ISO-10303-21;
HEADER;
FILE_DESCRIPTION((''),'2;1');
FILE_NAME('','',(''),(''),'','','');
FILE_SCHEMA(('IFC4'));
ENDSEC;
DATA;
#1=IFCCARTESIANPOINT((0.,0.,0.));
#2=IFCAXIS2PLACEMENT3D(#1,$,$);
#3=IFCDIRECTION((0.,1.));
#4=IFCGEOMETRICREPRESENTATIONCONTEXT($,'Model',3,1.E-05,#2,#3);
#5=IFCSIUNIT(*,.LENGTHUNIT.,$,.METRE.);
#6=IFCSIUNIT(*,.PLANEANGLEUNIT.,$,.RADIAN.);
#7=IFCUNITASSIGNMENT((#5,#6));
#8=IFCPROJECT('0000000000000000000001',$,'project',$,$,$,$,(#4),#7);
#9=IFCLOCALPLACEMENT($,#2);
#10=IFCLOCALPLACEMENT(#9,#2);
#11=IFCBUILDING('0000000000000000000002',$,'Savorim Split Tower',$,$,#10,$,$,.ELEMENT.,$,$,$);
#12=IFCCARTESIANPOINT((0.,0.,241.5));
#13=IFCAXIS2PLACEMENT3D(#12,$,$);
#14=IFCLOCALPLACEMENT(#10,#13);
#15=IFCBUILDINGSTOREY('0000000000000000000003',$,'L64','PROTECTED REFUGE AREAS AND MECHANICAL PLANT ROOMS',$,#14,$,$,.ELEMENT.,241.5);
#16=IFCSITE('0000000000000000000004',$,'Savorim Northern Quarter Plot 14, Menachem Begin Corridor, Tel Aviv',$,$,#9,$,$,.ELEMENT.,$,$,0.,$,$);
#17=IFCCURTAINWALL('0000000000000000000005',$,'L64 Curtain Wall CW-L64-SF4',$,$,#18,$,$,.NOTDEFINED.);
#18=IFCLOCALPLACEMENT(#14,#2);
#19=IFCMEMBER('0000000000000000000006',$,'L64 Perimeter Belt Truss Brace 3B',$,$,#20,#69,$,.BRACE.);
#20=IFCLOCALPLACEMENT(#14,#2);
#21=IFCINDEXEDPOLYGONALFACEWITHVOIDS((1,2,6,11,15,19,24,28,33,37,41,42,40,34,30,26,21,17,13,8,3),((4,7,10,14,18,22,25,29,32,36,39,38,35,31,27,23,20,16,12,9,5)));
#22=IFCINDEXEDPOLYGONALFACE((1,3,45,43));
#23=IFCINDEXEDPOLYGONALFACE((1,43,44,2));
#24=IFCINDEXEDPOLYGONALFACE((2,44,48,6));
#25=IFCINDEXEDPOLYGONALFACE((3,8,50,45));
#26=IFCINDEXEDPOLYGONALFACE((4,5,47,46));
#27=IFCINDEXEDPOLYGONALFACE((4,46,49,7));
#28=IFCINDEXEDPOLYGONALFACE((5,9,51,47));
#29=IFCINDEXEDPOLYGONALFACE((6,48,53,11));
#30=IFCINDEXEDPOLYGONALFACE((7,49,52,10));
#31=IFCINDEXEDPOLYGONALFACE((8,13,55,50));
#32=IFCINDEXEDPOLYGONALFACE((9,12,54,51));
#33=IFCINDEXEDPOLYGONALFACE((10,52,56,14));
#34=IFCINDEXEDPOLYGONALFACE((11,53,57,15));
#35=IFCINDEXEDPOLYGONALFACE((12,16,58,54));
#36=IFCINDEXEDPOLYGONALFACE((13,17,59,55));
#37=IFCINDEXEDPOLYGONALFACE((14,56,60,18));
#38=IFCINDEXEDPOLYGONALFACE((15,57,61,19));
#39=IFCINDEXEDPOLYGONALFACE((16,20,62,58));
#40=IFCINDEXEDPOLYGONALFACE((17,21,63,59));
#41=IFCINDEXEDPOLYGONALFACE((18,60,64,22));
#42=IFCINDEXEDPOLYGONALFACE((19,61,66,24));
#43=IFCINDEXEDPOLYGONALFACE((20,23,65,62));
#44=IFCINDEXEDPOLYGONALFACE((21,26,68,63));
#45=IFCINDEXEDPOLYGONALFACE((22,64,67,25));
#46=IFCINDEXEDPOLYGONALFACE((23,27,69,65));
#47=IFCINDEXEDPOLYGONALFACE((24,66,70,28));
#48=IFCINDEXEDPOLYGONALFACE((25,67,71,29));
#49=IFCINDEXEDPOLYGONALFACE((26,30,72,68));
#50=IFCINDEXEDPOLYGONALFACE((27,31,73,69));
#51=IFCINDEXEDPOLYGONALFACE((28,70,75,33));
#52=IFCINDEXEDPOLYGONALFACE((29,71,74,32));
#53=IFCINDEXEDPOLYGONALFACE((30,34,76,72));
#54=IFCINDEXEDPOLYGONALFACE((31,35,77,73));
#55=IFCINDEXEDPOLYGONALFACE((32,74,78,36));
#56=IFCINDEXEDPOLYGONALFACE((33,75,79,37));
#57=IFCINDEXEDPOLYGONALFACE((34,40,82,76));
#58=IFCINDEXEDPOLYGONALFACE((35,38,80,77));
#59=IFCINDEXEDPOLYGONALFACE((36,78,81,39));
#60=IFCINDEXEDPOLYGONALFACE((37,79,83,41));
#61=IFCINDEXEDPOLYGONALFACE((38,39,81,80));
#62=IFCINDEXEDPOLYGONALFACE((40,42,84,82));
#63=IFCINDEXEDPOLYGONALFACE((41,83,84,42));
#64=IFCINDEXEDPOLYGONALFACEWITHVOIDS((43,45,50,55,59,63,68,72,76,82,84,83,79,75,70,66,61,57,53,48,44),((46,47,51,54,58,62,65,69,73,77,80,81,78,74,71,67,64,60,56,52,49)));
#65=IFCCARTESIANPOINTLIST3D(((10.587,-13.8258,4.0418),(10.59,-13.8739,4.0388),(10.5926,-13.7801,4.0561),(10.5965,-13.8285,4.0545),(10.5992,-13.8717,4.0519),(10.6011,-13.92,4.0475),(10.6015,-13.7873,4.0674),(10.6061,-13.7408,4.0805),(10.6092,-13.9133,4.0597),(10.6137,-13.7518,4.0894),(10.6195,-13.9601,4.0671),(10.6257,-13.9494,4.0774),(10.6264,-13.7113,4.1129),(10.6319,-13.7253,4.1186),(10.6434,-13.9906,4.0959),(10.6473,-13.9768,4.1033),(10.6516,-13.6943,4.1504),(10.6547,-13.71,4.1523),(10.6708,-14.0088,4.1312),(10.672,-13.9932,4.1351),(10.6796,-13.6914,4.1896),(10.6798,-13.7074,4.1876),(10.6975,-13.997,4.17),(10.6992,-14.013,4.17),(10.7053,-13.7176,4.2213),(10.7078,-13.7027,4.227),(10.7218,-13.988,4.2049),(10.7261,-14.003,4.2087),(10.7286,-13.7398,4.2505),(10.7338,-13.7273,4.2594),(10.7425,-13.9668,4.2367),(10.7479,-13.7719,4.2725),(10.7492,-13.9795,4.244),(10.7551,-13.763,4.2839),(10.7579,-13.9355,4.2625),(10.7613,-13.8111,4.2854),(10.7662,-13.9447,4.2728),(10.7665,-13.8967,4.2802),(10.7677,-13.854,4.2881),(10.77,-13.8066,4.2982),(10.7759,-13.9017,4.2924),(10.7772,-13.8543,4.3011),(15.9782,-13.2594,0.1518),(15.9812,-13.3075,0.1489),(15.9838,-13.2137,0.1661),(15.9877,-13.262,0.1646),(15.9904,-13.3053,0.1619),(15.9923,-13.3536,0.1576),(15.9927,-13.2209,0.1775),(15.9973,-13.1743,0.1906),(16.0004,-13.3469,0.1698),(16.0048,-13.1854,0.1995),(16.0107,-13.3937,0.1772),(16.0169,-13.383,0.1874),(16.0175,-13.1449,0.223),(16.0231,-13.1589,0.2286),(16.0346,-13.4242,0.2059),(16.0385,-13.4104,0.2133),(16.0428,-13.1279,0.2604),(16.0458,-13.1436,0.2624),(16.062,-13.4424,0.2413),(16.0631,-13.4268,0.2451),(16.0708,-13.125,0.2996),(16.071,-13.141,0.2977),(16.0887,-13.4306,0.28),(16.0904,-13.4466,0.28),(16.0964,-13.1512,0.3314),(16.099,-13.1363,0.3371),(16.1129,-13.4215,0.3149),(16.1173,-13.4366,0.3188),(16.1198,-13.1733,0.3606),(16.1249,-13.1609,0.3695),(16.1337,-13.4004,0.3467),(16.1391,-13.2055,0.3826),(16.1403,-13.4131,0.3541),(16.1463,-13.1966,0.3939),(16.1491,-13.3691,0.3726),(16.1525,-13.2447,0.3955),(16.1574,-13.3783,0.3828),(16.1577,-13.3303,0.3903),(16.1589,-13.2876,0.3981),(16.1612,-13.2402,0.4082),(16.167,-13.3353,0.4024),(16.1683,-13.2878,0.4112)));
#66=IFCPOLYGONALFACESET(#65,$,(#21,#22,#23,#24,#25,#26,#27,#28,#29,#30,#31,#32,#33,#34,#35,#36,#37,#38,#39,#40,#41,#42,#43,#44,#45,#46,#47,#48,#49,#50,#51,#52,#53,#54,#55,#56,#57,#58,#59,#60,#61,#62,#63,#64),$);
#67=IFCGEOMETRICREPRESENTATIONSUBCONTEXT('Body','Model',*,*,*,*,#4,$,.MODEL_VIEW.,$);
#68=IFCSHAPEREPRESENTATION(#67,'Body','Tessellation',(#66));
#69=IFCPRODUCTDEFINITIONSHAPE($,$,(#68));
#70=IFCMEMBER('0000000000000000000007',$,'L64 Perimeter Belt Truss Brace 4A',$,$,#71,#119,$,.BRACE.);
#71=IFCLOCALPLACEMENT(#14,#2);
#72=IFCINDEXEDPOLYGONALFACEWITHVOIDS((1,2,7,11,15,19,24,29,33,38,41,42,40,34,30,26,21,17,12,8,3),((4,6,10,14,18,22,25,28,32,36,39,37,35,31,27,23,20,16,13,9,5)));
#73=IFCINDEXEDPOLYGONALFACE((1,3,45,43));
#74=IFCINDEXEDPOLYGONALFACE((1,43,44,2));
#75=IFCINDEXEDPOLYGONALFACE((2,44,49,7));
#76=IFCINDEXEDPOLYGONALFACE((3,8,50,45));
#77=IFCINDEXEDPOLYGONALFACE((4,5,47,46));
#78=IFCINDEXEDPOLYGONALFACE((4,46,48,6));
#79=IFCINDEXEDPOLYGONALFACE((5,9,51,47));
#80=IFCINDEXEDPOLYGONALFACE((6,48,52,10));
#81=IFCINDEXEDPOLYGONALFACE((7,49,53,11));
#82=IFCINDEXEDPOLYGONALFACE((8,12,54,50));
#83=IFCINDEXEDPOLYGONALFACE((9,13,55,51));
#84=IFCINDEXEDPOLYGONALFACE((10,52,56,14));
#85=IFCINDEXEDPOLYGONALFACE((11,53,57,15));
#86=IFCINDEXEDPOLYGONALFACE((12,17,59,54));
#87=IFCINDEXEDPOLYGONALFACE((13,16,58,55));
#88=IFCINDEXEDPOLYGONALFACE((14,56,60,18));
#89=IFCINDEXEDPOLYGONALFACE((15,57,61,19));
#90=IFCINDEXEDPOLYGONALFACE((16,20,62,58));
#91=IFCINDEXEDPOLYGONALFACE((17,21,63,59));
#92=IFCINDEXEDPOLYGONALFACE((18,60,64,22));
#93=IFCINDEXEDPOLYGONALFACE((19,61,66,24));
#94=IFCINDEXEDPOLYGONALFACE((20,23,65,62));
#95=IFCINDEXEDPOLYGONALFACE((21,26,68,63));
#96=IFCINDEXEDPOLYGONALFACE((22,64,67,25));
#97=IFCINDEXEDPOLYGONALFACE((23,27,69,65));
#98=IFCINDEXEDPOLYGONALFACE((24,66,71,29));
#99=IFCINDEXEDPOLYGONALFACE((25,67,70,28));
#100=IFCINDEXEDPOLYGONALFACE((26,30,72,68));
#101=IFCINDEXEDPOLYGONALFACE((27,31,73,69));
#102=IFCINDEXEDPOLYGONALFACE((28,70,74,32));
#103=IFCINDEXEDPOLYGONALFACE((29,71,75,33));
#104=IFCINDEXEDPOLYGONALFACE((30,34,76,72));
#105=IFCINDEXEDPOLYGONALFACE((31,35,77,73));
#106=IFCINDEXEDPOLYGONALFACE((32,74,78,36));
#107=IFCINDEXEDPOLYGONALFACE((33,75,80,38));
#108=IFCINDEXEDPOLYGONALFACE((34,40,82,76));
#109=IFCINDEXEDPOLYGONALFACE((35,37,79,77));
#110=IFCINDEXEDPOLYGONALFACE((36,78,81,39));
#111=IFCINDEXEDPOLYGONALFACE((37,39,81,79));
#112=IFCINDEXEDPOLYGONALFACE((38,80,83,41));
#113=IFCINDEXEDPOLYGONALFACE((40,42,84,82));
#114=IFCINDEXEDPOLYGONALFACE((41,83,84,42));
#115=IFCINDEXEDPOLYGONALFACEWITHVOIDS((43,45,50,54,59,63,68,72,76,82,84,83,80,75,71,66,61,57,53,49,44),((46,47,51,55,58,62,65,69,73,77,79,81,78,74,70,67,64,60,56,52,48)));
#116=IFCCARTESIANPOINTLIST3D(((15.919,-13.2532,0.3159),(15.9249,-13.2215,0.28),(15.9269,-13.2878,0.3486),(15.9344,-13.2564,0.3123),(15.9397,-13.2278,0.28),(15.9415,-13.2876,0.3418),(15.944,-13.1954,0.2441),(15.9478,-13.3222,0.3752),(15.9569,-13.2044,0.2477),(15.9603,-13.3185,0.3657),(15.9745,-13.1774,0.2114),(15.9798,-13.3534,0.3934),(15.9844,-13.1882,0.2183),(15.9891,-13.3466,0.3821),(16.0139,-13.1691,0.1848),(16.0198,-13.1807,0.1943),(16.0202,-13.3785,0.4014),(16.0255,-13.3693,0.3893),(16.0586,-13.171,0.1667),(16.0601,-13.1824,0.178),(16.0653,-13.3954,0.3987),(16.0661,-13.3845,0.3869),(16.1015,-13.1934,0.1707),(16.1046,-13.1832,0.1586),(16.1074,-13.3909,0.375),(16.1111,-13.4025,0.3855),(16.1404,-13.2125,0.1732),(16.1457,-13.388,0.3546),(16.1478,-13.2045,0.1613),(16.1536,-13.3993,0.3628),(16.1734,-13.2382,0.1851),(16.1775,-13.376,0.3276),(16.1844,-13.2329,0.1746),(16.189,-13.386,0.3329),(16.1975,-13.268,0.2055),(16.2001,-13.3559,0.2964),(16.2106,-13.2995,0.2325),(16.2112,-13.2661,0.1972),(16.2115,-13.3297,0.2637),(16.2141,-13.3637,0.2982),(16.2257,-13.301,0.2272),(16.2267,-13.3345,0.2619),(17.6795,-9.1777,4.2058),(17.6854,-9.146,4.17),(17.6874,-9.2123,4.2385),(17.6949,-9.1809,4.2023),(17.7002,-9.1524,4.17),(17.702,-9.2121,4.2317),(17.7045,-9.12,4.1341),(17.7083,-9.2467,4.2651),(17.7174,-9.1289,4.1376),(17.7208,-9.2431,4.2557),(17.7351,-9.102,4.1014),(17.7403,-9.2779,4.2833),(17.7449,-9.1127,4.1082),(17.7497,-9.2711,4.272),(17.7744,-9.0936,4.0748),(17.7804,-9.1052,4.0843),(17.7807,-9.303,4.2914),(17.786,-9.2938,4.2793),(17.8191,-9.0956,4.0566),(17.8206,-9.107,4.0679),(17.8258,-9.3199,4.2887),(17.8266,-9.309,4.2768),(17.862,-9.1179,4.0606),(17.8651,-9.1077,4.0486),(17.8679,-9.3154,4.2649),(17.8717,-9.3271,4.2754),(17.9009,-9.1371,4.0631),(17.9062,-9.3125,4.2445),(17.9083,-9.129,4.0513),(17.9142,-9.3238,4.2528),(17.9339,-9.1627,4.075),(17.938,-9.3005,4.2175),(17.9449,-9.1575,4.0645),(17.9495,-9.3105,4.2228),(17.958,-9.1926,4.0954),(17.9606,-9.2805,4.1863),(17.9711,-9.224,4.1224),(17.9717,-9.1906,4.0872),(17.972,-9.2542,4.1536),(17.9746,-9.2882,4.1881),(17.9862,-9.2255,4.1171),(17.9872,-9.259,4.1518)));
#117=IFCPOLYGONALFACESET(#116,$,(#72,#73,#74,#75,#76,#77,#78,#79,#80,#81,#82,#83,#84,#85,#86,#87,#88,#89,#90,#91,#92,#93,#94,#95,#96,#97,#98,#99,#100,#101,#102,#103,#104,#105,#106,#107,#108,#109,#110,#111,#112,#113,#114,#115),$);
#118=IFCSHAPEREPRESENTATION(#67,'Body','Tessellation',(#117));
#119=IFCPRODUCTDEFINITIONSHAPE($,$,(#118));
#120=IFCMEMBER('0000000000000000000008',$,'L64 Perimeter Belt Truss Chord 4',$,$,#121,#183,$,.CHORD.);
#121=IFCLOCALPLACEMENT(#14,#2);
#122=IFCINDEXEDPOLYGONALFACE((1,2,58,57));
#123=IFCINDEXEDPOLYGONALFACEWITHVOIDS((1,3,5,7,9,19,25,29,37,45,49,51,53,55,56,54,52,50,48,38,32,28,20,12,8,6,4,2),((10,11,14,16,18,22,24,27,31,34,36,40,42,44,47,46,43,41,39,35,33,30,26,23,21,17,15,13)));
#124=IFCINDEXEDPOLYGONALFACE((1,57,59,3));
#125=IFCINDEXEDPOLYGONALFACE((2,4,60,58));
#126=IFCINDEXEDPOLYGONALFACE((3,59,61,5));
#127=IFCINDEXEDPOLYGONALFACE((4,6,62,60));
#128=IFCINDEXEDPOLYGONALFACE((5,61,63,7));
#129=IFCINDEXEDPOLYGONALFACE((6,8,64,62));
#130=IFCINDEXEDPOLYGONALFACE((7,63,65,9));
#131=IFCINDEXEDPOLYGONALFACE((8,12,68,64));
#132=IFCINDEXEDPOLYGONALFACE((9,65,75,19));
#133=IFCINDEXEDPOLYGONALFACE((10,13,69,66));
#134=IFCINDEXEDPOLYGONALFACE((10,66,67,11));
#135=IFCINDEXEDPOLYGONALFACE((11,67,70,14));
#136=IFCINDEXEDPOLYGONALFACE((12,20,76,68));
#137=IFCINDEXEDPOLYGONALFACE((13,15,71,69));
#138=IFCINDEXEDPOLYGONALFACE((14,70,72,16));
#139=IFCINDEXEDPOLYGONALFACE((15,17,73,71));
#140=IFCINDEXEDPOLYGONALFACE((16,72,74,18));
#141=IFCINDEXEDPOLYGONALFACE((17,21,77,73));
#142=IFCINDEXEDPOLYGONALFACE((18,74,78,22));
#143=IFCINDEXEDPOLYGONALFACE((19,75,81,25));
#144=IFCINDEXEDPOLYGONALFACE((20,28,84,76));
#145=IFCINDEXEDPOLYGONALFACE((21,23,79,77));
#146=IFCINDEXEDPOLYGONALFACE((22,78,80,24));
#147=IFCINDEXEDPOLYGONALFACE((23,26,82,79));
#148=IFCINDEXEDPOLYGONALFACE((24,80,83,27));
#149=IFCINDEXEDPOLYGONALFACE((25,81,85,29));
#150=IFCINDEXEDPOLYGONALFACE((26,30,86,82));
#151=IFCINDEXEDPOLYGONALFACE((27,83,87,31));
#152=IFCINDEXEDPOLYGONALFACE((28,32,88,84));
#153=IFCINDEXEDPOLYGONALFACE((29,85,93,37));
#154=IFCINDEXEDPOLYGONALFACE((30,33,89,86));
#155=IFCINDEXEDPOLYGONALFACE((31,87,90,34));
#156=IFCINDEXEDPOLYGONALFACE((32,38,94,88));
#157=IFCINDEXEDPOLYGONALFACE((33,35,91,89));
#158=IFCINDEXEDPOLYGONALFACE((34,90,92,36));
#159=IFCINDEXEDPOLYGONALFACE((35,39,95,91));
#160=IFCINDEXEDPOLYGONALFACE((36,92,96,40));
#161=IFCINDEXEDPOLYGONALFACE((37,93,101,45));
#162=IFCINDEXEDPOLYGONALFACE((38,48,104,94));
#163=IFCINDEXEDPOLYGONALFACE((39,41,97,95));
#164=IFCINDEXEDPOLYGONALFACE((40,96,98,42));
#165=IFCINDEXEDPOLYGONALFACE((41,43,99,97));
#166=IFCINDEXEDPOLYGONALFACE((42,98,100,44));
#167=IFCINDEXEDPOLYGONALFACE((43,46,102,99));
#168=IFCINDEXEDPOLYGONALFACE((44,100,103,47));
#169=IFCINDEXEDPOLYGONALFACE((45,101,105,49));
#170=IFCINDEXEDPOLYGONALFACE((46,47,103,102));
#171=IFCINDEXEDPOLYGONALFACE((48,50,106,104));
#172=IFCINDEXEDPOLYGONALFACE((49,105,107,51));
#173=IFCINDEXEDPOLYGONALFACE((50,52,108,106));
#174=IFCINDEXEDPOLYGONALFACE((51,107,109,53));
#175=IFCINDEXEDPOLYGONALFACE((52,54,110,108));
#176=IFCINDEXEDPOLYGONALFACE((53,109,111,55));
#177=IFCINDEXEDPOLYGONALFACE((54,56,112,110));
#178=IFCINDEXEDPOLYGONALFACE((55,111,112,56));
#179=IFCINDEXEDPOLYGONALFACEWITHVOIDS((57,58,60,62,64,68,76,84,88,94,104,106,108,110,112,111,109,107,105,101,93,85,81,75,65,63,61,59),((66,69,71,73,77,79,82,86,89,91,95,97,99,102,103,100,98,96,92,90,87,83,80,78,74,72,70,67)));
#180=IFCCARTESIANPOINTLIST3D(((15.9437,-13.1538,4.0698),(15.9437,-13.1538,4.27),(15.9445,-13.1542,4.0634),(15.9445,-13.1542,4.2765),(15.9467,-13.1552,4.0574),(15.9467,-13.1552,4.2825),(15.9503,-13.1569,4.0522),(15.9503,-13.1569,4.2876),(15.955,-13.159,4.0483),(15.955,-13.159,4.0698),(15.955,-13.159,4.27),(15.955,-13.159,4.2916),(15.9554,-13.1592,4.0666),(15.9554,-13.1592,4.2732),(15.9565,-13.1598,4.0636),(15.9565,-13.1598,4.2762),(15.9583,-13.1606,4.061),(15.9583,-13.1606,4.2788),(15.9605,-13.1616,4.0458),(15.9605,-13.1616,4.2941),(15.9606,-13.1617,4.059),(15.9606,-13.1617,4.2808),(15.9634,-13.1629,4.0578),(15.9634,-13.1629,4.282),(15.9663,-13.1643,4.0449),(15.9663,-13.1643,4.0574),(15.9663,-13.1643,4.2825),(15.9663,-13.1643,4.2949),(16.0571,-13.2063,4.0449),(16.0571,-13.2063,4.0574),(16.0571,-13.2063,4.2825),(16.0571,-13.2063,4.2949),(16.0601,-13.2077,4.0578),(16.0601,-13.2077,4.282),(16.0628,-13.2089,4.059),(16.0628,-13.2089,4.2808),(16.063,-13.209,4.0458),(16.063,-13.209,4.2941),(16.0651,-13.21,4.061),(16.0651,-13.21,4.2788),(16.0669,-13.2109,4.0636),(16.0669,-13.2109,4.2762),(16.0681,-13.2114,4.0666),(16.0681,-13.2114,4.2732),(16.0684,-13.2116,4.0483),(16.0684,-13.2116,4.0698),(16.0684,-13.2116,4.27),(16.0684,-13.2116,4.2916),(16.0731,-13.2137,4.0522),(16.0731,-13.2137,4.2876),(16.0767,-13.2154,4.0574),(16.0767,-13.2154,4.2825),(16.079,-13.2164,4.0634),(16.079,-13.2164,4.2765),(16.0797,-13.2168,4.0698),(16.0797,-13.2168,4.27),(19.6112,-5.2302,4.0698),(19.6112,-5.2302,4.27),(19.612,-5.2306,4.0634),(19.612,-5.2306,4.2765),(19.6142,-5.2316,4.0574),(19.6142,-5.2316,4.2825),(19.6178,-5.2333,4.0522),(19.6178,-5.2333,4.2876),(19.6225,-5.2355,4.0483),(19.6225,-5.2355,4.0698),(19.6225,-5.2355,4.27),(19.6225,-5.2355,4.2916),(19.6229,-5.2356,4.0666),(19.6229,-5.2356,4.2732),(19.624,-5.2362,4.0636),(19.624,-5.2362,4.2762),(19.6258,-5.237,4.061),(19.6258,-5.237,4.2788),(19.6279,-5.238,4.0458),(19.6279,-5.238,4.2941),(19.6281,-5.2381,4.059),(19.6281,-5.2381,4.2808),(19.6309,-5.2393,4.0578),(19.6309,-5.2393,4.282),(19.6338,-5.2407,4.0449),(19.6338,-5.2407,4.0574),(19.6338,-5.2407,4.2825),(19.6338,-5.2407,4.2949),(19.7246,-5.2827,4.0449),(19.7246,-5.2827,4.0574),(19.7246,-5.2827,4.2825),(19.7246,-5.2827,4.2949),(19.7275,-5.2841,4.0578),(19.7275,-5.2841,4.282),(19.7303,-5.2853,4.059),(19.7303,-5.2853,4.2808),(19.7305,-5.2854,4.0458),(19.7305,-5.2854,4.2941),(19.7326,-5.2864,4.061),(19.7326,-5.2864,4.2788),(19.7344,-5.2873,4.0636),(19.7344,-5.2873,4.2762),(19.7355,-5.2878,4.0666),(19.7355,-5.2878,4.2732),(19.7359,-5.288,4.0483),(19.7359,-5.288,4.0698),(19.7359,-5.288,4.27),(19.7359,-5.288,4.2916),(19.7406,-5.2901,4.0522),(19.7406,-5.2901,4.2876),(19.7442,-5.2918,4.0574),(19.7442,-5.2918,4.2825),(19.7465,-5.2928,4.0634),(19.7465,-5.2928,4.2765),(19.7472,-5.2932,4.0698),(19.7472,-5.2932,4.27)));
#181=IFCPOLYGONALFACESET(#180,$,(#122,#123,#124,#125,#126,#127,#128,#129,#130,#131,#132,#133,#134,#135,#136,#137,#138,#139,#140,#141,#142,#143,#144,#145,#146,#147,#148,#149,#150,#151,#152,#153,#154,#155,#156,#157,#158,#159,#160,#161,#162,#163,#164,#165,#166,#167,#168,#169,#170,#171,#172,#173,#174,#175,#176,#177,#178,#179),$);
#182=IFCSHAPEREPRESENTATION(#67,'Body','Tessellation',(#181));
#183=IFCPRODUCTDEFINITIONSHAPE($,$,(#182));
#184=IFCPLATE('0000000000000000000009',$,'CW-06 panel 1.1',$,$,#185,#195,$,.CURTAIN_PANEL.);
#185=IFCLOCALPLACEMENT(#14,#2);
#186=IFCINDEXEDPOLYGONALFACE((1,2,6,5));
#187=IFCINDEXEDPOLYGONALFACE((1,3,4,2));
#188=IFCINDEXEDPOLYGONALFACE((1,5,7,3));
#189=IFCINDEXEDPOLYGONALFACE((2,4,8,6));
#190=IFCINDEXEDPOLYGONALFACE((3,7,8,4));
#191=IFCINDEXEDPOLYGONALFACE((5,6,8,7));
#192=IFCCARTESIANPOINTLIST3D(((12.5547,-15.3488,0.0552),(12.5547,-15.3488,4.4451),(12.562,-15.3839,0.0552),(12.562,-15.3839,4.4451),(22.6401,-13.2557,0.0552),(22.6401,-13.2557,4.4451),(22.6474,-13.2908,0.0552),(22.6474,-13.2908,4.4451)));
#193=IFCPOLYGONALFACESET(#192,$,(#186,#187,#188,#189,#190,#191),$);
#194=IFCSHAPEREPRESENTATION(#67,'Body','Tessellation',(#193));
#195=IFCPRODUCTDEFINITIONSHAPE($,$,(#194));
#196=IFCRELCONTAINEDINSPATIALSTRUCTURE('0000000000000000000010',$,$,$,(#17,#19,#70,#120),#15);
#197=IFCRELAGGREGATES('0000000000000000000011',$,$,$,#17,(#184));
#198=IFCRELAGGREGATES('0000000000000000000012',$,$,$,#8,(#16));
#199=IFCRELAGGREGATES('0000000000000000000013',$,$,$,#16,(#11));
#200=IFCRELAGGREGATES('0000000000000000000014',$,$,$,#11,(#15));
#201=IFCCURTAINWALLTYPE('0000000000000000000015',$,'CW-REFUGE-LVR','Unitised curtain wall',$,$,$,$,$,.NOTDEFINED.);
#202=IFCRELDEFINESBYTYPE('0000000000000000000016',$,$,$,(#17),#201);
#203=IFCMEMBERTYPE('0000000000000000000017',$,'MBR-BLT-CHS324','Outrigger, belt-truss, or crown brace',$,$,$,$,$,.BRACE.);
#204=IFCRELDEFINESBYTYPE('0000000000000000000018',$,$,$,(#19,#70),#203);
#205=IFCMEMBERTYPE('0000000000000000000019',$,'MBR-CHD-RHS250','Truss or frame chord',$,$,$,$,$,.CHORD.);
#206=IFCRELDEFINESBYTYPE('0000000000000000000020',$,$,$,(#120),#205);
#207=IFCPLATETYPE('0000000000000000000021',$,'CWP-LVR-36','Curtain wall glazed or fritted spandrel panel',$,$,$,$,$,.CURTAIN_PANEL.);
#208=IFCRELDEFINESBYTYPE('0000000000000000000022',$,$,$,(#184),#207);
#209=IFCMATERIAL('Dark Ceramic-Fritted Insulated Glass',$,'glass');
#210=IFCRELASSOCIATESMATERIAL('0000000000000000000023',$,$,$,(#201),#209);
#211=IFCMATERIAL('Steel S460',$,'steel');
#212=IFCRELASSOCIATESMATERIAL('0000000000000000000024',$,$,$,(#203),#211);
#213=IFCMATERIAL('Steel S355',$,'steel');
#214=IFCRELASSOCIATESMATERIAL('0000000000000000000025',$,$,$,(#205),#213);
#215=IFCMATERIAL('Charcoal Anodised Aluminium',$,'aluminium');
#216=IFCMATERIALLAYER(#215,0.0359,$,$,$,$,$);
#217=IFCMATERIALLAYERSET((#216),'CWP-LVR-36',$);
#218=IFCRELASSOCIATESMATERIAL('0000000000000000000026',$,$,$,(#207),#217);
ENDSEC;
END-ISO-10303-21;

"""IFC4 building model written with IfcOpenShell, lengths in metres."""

from ifc_helpers import new_model, si_unit, direction, frame, origin, origin_2d, place, context, subcontext, project, spatial, rectangle, hollow_rectangle, hollow_circle, extrude, material, layer, layer_set, material_profile, profile_set, type_object, element, aggregate, save


model = new_model("IFC4")

# Units and contexts
model_context = context("Model", 3, precision=1e-05, world=origin(), true_north=direction((0.0, 1.0)))
body_context = subcontext(model_context, "Body", "Model", "MODEL_VIEW")
ifc_project = project(units=[si_unit("LENGTHUNIT", "METRE"), si_unit("PLANEANGLEUNIT", "RADIAN")], contexts=[model_context])

# Site, building, storey
site_placement = place(None, origin())
site = spatial("IfcSite", under=ifc_project, at=site_placement, Name="Savorim Northern Quarter Plot 14, Menachem Begin Corridor, Tel Aviv", CompositionType="ELEMENT", RefElevation=0.0)
building_placement = place(site_placement, origin())
building = spatial("IfcBuilding", under=site, at=building_placement, Name="Savorim Split Tower", CompositionType="ELEMENT")
storey_placement = place(building_placement, frame((0.0, 0.0, 241.5)))
storey = spatial("IfcBuildingStorey", under=building, at=storey_placement, Name="L64", Description="PROTECTED REFUGE AREAS AND MECHANICAL PLANT ROOMS", CompositionType="ELEMENT", Elevation=241.5)

# Shared definitions
ifc_material_1 = material(Name="Steel S355", Category="steel")

# Curtain wall
ifc_material_2 = material(Name="Dark Ceramic-Fritted Insulated Glass", Category="glass")
curtain_wall_type = type_object("IfcCurtainWallType", Name="CW-REFUGE-LVR", Description="Unitised curtain wall", PredefinedType="NOTDEFINED", material=ifc_material_2)
curtain_wall_placement = place(storey_placement, origin())
curtain_wall = element("IfcCurtainWall", 1, at=curtain_wall_placement, inside=storey, type_object=curtain_wall_type, Name="L64 Curtain Wall CW-L64-SF4", PredefinedType="NOTDEFINED")
ifc_material_3 = material(Name="Charcoal Anodised Aluminium", Category="aluminium")

# Members
ifc_material_4 = material(Name="Steel S460", Category="steel")
ifc_material_profile_1 = material_profile(ifc_material_4, hollow_circle(Radius=0.1619, WallThickness=0.0161, at=origin_2d()), Name="CHS 323.9x16")
ifc_profile_set_1 = profile_set([ifc_material_profile_1], Name="Steel S460")
member_type_1 = type_object("IfcMemberType", Name="MBR-BLT-CHS324", Description="Outrigger, belt-truss, or crown brace", PredefinedType="BRACE", material=ifc_profile_set_1)
member_1_placement = place(storey_placement, frame((16.0735, -13.2856, 0.28), z_axis=(-0.808015, -0.084892, 0.583014), x_axis=(0.104488, -0.994526, 0.0)))
element("IfcMember", 2, at=member_1_placement, inside=storey, type_object=member_type_1, Name="L64 Perimeter Belt Truss Brace 3B", PredefinedType="BRACE", context=body_context, shape_type="SweptSolid", body=[
    extrude(hollow_circle(Radius=0.1619, WallThickness=0.0161, at=origin_2d()), origin(), (0.0, 0.0, 1.0), 6.6721),
])
member_2_placement = place(storey_placement, frame((16.0735, -13.2856, 0.28), z_axis=(0.298262, 0.690457, 0.659022), x_axis=(-0.918009, 0.396559, 0.0)))
element("IfcMember", 3, at=member_2_placement, inside=storey, type_object=member_type_1, Name="L64 Perimeter Belt Truss Brace 4A", PredefinedType="BRACE", context=body_context, shape_type="SweptSolid", body=[
    extrude(hollow_circle(Radius=0.1619, WallThickness=0.0161, at=origin_2d()), origin(), (0.0, 0.0, 1.0), 5.9026),
])
ifc_material_profile_2 = material_profile(ifc_material_1, hollow_rectangle(XDim=0.1499, YDim=0.25, WallThickness=0.0125, InnerFilletRadius=0.0125, OuterFilletRadius=0.0249, at=origin_2d()), Name="RHS 250x150x12.5")
ifc_profile_set_2 = profile_set([ifc_material_profile_2], Name="Steel S355")
member_type_2 = type_object("IfcMemberType", Name="MBR-CHD-RHS250", Description="Truss or frame chord", PredefinedType="CHORD", material=ifc_profile_set_2)
member_3_placement = place(storey_placement, frame((16.0117, -13.1853, 4.1699), z_axis=(0.420044, 0.907504, 0.0), x_axis=(-0.907504, 0.420044, 0.0)))
element("IfcMember", 4, at=member_3_placement, inside=storey, type_object=member_type_2, Name="L64 Perimeter Belt Truss Chord 4", PredefinedType="CHORD", context=body_context, shape_type="SweptSolid", body=[
    extrude(hollow_rectangle(XDim=0.1499, YDim=0.25, WallThickness=0.0125, InnerFilletRadius=0.0125, OuterFilletRadius=0.0249, at=origin_2d()), origin(), (0.0, 0.0, 1.0), 8.7312),
])

# Plate
ifc_layer_1 = layer(ifc_material_3, 0.0359)
ifc_layer_set_1 = layer_set([ifc_layer_1], Name="CWP-LVR-36")
plate_type_1 = type_object("IfcPlateType", Name="CWP-LVR-36", Description="Curtain wall glazed or fritted spandrel panel", PredefinedType="CURTAIN_PANEL", material=ifc_layer_set_1)
plate_1_placement = place(storey_placement, frame((17.6011, -14.3198, 0.0552), z_axis=(0.0, 0.0, 1.0), x_axis=(0.979136, 0.203208, 0.0)))
plate_1 = element("IfcPlate", 5, at=plate_1_placement, type_object=plate_type_1, Name="CW-06 panel 1.1", PredefinedType="CURTAIN_PANEL", context=body_context, shape_type="SweptSolid", body=[
    extrude(rectangle(XDim=10.3003, YDim=0.0359, at=origin_2d()), origin(), (0.0, 0.0, 1.0), 4.3899),
])
aggregate(curtain_wall, [plate_1])

save(model, "model.ifc")
